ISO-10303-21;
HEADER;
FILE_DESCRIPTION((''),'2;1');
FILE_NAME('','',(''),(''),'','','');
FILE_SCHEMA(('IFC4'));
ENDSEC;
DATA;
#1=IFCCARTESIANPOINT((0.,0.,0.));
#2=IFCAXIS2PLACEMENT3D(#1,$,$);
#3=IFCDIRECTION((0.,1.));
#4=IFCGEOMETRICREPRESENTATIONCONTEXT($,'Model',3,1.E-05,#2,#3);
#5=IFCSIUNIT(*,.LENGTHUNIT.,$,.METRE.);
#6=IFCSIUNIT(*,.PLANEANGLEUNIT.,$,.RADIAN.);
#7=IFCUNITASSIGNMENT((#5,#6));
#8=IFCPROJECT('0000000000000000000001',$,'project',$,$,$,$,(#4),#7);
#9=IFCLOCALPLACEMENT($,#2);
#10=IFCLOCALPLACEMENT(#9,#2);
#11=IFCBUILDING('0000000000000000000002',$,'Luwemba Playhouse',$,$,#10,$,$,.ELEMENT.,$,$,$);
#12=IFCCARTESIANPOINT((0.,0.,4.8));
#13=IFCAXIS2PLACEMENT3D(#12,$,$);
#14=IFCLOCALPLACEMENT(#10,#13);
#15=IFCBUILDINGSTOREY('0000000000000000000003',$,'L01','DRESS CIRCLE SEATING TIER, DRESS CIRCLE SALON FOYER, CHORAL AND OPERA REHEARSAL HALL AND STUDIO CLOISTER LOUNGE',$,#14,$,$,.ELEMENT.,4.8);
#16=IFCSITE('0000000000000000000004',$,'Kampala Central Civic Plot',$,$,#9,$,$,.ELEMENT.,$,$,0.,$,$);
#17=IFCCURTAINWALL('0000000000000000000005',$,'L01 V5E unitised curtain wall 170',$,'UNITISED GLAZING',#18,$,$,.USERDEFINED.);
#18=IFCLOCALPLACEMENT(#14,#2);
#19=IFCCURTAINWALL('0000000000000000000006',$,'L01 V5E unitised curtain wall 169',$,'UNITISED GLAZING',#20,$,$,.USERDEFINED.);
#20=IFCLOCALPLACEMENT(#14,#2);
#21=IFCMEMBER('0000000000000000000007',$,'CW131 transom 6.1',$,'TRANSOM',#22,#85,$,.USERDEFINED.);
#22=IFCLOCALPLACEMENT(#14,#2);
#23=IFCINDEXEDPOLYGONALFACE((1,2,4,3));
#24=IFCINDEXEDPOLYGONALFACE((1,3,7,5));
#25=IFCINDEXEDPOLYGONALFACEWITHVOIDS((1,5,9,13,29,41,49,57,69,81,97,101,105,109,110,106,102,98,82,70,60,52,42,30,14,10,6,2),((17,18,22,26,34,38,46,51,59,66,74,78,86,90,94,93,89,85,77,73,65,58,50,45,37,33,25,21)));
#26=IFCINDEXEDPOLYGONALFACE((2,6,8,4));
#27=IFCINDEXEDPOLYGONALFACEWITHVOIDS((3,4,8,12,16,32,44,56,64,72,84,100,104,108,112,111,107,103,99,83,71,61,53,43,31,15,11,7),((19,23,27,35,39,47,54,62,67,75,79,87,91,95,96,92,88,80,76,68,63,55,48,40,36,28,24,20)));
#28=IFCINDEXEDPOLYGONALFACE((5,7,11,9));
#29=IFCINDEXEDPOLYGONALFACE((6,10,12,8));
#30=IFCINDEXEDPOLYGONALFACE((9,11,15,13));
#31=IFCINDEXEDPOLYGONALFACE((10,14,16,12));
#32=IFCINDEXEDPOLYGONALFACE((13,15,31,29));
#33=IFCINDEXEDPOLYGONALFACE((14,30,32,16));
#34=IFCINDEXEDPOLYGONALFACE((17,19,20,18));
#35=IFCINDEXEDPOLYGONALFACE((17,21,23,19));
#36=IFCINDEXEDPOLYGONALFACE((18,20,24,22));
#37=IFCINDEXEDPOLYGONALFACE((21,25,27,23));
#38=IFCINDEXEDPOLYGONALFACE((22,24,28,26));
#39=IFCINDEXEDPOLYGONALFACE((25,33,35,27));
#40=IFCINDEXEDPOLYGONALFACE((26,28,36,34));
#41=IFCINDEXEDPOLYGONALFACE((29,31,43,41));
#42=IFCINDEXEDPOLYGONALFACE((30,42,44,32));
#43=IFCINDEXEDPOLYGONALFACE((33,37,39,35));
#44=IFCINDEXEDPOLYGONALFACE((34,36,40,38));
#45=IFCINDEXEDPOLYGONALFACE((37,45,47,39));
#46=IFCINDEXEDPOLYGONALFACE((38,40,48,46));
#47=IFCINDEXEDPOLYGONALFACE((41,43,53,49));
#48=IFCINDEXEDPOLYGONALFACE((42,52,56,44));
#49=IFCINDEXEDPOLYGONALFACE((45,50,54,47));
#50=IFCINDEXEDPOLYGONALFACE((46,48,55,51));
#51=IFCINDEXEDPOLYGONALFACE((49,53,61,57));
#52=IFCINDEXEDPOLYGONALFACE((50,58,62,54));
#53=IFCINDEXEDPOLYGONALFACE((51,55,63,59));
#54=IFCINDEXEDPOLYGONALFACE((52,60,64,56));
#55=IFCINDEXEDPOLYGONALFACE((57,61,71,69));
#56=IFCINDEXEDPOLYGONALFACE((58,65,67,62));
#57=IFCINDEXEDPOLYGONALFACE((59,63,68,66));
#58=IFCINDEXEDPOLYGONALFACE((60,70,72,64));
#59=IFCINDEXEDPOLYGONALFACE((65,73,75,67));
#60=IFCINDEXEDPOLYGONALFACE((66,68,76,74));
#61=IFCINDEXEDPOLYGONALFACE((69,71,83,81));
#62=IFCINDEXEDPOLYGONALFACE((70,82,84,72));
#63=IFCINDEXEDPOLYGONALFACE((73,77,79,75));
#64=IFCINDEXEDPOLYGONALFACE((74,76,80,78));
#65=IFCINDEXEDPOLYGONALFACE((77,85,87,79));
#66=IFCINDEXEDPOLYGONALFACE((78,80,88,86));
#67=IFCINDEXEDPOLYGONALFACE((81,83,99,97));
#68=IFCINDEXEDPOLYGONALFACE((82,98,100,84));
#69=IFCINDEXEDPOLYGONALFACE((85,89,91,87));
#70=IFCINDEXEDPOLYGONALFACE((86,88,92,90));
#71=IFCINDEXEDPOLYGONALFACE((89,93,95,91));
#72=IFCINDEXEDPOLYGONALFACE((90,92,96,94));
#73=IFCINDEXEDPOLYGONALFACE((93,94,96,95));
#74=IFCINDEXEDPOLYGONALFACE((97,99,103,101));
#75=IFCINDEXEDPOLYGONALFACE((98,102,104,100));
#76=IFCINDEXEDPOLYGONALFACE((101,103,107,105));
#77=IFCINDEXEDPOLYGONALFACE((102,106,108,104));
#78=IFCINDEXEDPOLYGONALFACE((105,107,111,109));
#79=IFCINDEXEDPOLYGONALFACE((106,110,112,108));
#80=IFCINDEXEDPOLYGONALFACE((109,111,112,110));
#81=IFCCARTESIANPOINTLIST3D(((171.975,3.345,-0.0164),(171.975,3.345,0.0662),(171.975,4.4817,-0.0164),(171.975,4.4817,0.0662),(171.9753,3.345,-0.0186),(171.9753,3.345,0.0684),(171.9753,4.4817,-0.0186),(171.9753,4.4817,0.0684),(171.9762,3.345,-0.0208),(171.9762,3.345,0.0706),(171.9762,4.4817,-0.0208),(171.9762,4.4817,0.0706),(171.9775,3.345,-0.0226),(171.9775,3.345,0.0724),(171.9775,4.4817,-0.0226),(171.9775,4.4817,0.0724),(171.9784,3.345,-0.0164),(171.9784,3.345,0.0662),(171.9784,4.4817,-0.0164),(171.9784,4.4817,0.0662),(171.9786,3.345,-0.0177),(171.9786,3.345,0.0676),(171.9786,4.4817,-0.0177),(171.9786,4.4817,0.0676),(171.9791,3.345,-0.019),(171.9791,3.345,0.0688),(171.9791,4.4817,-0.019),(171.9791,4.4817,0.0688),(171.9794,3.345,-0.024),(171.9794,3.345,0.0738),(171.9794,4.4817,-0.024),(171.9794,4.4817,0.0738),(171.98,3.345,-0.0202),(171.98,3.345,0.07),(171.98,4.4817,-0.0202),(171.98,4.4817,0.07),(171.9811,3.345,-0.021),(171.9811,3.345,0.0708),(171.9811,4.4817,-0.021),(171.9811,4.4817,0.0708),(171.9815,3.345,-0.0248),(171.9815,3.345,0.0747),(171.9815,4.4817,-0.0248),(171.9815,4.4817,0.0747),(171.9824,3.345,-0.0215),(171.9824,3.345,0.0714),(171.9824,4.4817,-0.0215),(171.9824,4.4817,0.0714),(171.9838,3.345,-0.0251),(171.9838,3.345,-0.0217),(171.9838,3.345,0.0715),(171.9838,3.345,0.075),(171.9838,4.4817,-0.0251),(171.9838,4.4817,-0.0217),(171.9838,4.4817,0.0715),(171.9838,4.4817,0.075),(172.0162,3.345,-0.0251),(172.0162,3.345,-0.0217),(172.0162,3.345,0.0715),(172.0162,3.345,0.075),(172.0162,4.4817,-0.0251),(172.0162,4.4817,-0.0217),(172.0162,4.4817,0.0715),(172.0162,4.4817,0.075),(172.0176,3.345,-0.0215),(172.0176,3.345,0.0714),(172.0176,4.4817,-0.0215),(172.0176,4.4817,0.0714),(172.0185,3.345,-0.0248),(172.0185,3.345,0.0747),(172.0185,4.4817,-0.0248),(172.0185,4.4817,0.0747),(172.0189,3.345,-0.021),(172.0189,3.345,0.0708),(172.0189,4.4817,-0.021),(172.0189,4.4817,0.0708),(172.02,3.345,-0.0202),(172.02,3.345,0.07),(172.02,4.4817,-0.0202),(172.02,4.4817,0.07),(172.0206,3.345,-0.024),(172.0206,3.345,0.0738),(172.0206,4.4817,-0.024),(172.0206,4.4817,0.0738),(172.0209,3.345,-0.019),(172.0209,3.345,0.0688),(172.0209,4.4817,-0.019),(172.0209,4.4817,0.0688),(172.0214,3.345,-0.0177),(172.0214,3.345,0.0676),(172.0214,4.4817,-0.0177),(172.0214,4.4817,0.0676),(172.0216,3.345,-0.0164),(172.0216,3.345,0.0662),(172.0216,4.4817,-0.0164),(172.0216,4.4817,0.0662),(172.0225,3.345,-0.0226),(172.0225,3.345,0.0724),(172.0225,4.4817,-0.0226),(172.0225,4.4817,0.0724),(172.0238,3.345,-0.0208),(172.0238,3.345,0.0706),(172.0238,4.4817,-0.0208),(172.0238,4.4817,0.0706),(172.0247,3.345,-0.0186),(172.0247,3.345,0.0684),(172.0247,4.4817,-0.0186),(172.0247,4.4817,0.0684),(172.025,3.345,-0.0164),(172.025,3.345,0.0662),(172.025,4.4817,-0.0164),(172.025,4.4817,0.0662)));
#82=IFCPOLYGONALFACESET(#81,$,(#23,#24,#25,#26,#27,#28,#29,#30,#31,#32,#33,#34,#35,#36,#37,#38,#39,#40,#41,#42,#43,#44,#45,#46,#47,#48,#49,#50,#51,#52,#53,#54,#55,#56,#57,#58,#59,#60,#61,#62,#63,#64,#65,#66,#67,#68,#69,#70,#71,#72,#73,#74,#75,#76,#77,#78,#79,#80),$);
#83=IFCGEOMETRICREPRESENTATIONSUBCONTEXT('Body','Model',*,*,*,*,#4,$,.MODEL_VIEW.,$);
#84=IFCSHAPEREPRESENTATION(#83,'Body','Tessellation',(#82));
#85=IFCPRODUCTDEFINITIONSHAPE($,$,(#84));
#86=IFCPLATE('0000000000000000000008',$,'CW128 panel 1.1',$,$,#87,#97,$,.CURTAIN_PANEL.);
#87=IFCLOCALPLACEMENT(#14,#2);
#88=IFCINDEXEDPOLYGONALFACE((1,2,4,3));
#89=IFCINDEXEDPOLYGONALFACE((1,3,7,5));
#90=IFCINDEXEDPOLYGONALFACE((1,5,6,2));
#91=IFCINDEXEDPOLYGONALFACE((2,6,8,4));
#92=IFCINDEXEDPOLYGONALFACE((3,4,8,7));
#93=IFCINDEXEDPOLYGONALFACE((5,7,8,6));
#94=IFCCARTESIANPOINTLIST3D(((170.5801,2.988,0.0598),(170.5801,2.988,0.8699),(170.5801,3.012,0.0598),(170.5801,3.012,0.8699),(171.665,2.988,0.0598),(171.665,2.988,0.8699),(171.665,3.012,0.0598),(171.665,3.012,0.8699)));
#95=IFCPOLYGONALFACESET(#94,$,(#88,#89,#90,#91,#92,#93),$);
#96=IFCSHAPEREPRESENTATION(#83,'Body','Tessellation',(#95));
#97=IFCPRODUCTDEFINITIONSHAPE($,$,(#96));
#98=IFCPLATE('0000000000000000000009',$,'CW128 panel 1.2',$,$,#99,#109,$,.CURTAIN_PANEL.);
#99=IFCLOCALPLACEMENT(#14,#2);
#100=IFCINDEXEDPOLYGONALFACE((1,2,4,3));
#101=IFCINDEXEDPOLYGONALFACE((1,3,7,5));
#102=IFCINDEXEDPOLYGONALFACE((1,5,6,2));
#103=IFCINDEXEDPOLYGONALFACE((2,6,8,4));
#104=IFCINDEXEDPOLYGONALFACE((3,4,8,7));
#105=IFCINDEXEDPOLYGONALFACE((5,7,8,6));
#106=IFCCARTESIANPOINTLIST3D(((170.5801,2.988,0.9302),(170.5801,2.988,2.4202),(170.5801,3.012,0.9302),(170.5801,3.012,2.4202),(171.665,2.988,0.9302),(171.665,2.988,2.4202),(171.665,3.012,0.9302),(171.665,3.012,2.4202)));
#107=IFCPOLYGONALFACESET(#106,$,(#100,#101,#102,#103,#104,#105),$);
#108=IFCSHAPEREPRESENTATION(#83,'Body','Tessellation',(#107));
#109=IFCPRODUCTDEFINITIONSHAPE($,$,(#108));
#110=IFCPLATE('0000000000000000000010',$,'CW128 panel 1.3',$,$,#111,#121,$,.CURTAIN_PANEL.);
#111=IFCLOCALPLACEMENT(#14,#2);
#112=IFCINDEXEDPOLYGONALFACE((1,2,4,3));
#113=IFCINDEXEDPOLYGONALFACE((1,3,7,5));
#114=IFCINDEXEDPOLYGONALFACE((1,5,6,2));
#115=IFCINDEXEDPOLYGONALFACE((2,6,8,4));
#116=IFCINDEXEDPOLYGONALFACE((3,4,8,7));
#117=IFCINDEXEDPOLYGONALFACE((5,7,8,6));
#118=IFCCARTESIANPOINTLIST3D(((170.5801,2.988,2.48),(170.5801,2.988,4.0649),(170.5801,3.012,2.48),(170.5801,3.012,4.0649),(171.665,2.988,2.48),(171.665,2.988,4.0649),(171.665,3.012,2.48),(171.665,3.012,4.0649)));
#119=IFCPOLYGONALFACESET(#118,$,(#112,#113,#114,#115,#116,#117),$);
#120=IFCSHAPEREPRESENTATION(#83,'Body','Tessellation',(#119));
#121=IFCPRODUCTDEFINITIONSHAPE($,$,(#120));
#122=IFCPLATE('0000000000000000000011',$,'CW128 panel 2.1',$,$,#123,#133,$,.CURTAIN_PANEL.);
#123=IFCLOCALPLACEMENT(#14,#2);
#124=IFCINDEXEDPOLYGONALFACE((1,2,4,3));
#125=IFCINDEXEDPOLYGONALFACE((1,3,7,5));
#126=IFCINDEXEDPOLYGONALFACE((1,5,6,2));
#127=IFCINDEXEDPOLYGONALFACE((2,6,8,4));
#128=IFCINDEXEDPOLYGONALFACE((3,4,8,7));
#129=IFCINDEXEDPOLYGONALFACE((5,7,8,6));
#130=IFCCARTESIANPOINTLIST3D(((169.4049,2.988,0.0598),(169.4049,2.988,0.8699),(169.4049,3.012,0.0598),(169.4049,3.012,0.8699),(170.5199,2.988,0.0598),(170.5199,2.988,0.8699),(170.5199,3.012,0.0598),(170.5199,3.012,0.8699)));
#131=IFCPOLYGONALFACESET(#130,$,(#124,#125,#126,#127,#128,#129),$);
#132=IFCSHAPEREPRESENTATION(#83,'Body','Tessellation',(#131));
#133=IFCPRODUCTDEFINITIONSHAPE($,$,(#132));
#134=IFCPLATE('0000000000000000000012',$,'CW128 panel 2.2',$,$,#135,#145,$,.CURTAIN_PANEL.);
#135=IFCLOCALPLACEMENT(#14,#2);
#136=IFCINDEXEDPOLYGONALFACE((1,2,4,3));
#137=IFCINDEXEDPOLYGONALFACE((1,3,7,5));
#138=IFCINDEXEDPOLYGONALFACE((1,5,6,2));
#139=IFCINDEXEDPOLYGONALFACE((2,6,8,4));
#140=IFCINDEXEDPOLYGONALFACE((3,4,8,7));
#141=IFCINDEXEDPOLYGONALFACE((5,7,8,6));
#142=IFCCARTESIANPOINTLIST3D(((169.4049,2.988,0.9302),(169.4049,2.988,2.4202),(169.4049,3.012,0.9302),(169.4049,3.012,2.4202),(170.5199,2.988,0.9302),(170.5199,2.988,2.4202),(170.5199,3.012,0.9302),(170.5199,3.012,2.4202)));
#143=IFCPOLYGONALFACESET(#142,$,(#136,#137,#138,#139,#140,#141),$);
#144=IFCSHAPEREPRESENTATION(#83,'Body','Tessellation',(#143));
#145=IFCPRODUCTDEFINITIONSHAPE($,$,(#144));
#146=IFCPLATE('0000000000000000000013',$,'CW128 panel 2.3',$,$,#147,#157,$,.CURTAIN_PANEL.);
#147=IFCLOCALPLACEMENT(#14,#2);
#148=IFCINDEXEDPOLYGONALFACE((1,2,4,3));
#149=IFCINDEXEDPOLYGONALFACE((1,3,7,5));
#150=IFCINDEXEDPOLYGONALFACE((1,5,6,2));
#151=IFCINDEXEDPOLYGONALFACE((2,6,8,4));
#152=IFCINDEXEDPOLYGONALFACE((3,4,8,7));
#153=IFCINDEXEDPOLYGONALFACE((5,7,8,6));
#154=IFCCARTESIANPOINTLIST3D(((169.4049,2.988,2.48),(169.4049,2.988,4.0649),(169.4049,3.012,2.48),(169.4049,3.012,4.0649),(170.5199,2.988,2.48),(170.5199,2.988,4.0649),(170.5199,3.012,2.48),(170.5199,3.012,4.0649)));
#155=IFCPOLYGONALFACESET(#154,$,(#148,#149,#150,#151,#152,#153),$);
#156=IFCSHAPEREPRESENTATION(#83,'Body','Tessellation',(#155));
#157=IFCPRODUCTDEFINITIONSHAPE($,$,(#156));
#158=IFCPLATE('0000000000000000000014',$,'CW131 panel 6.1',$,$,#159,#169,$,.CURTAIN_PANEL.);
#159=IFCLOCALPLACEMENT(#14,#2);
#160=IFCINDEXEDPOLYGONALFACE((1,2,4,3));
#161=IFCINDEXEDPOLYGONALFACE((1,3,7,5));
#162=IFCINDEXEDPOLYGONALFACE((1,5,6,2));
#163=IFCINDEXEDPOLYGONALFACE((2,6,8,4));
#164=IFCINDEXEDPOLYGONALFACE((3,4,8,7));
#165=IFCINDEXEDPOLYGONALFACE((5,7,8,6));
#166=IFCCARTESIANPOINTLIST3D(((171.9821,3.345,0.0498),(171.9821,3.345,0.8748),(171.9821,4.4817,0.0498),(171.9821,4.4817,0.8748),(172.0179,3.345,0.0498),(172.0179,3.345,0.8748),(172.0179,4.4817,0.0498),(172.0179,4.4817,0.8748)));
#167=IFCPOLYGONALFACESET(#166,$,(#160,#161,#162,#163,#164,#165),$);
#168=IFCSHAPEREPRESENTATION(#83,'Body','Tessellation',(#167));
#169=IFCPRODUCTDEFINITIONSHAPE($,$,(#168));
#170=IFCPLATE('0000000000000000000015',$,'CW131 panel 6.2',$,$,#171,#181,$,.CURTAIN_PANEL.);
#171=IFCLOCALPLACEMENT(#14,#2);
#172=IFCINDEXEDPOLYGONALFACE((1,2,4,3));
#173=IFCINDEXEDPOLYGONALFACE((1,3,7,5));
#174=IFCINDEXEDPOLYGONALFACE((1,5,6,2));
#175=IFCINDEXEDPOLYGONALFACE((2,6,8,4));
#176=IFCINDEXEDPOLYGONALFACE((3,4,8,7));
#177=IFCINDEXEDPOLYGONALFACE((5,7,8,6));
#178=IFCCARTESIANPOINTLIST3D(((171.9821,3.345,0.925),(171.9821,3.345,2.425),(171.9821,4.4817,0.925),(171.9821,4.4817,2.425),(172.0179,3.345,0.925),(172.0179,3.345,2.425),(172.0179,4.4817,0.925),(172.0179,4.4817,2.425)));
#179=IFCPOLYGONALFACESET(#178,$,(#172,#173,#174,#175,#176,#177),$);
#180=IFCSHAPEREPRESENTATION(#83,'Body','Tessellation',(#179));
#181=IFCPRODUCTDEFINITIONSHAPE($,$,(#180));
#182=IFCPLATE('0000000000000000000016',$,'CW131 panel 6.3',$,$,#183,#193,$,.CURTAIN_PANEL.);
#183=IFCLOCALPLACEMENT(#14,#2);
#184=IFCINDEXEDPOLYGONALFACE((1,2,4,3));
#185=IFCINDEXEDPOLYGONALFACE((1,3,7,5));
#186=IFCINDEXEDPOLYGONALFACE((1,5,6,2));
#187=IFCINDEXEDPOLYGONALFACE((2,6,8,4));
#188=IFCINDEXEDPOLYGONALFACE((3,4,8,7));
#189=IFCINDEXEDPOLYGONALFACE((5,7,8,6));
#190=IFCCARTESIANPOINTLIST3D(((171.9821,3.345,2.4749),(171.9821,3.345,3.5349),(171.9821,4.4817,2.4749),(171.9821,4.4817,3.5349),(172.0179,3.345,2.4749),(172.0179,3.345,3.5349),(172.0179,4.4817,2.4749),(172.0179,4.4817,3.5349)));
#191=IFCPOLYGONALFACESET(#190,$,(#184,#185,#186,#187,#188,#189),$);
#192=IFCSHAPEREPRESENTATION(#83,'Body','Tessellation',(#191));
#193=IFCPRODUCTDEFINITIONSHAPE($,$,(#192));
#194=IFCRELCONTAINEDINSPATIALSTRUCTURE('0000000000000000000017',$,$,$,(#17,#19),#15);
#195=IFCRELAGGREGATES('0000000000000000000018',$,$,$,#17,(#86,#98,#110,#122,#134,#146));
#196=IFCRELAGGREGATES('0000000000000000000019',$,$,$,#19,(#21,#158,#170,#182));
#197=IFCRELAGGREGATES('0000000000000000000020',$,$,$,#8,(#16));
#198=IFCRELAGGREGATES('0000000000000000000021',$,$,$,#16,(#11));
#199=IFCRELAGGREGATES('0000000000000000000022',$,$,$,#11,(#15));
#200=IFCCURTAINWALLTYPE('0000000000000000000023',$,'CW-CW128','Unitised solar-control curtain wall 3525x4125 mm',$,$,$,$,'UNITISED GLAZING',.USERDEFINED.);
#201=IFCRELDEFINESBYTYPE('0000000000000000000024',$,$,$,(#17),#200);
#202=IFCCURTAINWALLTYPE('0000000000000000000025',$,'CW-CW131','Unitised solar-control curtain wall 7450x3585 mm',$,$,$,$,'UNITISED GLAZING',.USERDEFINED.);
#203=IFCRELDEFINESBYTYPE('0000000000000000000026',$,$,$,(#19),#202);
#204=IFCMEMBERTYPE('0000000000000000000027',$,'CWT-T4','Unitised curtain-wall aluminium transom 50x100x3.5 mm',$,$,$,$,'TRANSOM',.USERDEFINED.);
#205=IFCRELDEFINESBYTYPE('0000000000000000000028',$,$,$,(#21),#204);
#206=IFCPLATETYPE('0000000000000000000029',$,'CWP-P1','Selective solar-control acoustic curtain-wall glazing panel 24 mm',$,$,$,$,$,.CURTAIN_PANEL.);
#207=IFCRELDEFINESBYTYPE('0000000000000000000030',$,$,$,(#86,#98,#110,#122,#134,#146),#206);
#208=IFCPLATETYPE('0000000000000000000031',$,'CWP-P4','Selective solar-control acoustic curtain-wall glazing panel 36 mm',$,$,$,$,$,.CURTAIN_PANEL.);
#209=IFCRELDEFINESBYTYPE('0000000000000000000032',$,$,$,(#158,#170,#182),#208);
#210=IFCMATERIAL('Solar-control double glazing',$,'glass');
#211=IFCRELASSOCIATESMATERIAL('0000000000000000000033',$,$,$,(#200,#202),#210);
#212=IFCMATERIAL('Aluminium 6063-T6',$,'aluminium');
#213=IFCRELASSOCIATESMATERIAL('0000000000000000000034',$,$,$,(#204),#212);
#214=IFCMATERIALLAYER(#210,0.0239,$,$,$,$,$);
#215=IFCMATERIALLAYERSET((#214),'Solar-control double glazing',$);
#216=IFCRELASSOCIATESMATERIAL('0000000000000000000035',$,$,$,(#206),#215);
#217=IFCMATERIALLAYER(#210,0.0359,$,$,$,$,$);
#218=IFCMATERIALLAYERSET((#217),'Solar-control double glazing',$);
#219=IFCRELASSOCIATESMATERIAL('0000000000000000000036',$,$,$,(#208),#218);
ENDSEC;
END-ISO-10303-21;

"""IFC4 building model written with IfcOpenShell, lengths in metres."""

from ifc_helpers import new_model, si_unit, direction, frame, origin, origin_2d, place, context, subcontext, project, spatial, rectangle, hollow_rectangle, extrude, material, layer, layer_set, material_profile, profile_set, type_object, element, aggregate, save


model = new_model("IFC4")

# Units and contexts
model_context = context("Model", 3, precision=1e-05, world=origin(), true_north=direction((0.0, 1.0)))
body_context = subcontext(model_context, "Body", "Model", "MODEL_VIEW")
ifc_project = project(units=[si_unit("LENGTHUNIT", "METRE"), si_unit("PLANEANGLEUNIT", "RADIAN")], contexts=[model_context])

# Site, building, storey
site_placement = place(None, origin())
site = spatial("IfcSite", under=ifc_project, at=site_placement, Name="Kampala Central Civic Plot", CompositionType="ELEMENT", RefElevation=0.0)
building_placement = place(site_placement, origin())
building = spatial("IfcBuilding", under=site, at=building_placement, Name="Luwemba Playhouse", CompositionType="ELEMENT")
storey_placement = place(building_placement, frame((0.0, 0.0, 4.8)))
storey = spatial("IfcBuildingStorey", under=building, at=storey_placement, Name="L01", Description="DRESS CIRCLE SEATING TIER, DRESS CIRCLE SALON FOYER, CHORAL AND OPERA REHEARSAL HALL AND STUDIO CLOISTER LOUNGE", CompositionType="ELEMENT", Elevation=4.8)

# Curtain wall
ifc_material_1 = material(Name="Solar-control double glazing", Category="glass")
curtain_wall_type_1 = type_object("IfcCurtainWallType", Name="CW-CW128", Description="Unitised solar-control curtain wall 3525x4125 mm", ElementType="UNITISED GLAZING", PredefinedType="USERDEFINED", material=ifc_material_1)
curtain_wall_1_placement = place(storey_placement, origin())
curtain_wall_1 = element("IfcCurtainWall", 1, at=curtain_wall_1_placement, inside=storey, type_object=curtain_wall_type_1, Name="L01 V5E unitised curtain wall 170", ObjectType="UNITISED GLAZING", PredefinedType="USERDEFINED")
ifc_material_2 = material(Name="Aluminium 6063-T6", Category="aluminium")

# Curtain wall
curtain_wall_type_2 = type_object("IfcCurtainWallType", Name="CW-CW131", Description="Unitised solar-control curtain wall 7450x3585 mm", ElementType="UNITISED GLAZING", PredefinedType="USERDEFINED", material=ifc_material_1)
curtain_wall_2_placement = place(storey_placement, origin())
curtain_wall_2 = element("IfcCurtainWall", 2, at=curtain_wall_2_placement, inside=storey, type_object=curtain_wall_type_2, Name="L01 V5E unitised curtain wall 169", ObjectType="UNITISED GLAZING", PredefinedType="USERDEFINED")

# Member
ifc_material_profile_1 = material_profile(ifc_material_2, hollow_rectangle(XDim=0.05, YDim=0.1001, WallThickness=0.0034, InnerFilletRadius=0.0054, OuterFilletRadius=0.0088, at=origin_2d()))
ifc_profile_set_1 = profile_set([ifc_material_profile_1], Name="Aluminium 6063-T6")
member_type_1 = type_object("IfcMemberType", Name="CWT-T4", Description="Unitised curtain-wall aluminium transom 50x100x3.5 mm", ElementType="TRANSOM", PredefinedType="USERDEFINED", material=ifc_profile_set_1)
member_1_placement = place(storey_placement, frame((172.0, 4.4817, 0.0249), z_axis=(0.0, -1.0, 0.0), x_axis=(1.0, 0.0, 0.0)))
member_1 = element("IfcMember", 3, at=member_1_placement, type_object=member_type_1, Name="CW131 transom 6.1", ObjectType="TRANSOM", PredefinedType="USERDEFINED", context=body_context, shape_type="SweptSolid", body=[
    extrude(hollow_rectangle(XDim=0.05, YDim=0.1001, WallThickness=0.0034, InnerFilletRadius=0.0054, OuterFilletRadius=0.0088, at=origin_2d()), origin(), (0.0, 0.0, 1.0), 1.1367),
])

# Plates
ifc_layer_1 = layer(ifc_material_1, 0.0239)
ifc_layer_set_1 = layer_set([ifc_layer_1], Name="Solar-control double glazing")
plate_type_1 = type_object("IfcPlateType", Name="CWP-P1", Description="Selective solar-control acoustic curtain-wall glazing panel 24 mm", PredefinedType="CURTAIN_PANEL", material=ifc_layer_set_1)
plate_1_placement = place(storey_placement, frame((171.1226, 3.0, 0.0598), z_axis=(0.0, 0.0, 1.0), x_axis=(-1.0, 0.0, 0.0)))
plate_1 = element("IfcPlate", 4, at=plate_1_placement, type_object=plate_type_1, Name="CW128 panel 1.1", PredefinedType="CURTAIN_PANEL", context=body_context, shape_type="SweptSolid", body=[
    extrude(rectangle(XDim=1.085, YDim=0.0239, at=origin_2d()), origin(), (0.0, 0.0, 1.0), 0.8101),
])
plate_2_placement = place(storey_placement, frame((171.1226, 3.0, 0.9302), z_axis=(0.0, 0.0, 1.0), x_axis=(-1.0, 0.0, 0.0)))
plate_2 = element("IfcPlate", 5, at=plate_2_placement, type_object=plate_type_1, Name="CW128 panel 1.2", PredefinedType="CURTAIN_PANEL", context=body_context, shape_type="SweptSolid", body=[
    extrude(rectangle(XDim=1.085, YDim=0.0239, at=origin_2d()), origin(), (0.0, 0.0, 1.0), 1.49),
])
plate_3_placement = place(storey_placement, frame((171.1226, 3.0, 2.48), z_axis=(0.0, 0.0, 1.0), x_axis=(-1.0, 0.0, 0.0)))
plate_3 = element("IfcPlate", 6, at=plate_3_placement, type_object=plate_type_1, Name="CW128 panel 1.3", PredefinedType="CURTAIN_PANEL", context=body_context, shape_type="SweptSolid", body=[
    extrude(rectangle(XDim=1.085, YDim=0.0239, at=origin_2d()), origin(), (0.0, 0.0, 1.0), 1.585),
])
plate_4_placement = place(storey_placement, frame((169.9624, 3.0, 0.0598), z_axis=(0.0, 0.0, 1.0), x_axis=(-1.0, 0.0, 0.0)))
plate_4 = element("IfcPlate", 7, at=plate_4_placement, type_object=plate_type_1, Name="CW128 panel 2.1", PredefinedType="CURTAIN_PANEL", context=body_context, shape_type="SweptSolid", body=[
    extrude(rectangle(XDim=1.115, YDim=0.0239, at=origin_2d()), origin(), (0.0, 0.0, 1.0), 0.8101),
])
plate_5_placement = place(storey_placement, frame((169.9624, 3.0, 0.9302), z_axis=(0.0, 0.0, 1.0), x_axis=(-1.0, 0.0, 0.0)))
plate_5 = element("IfcPlate", 8, at=plate_5_placement, type_object=plate_type_1, Name="CW128 panel 2.2", PredefinedType="CURTAIN_PANEL", context=body_context, shape_type="SweptSolid", body=[
    extrude(rectangle(XDim=1.115, YDim=0.0239, at=origin_2d()), origin(), (0.0, 0.0, 1.0), 1.49),
])
plate_6_placement = place(storey_placement, frame((169.9624, 3.0, 2.48), z_axis=(0.0, 0.0, 1.0), x_axis=(-1.0, 0.0, 0.0)))
plate_6 = element("IfcPlate", 9, at=plate_6_placement, type_object=plate_type_1, Name="CW128 panel 2.3", PredefinedType="CURTAIN_PANEL", context=body_context, shape_type="SweptSolid", body=[
    extrude(rectangle(XDim=1.115, YDim=0.0239, at=origin_2d()), origin(), (0.0, 0.0, 1.0), 1.585),
])
aggregate(curtain_wall_1, [plate_1, plate_2, plate_3, plate_4, plate_5, plate_6])
ifc_layer_2 = layer(ifc_material_1, 0.0359)
ifc_layer_set_2 = layer_set([ifc_layer_2], Name="Solar-control double glazing")
plate_type_2 = type_object("IfcPlateType", Name="CWP-P4", Description="Selective solar-control acoustic curtain-wall glazing panel 36 mm", PredefinedType="CURTAIN_PANEL", material=ifc_layer_set_2)
plate_7_placement = place(storey_placement, frame((172.0, 3.9133, 0.0498), z_axis=(0.0, 0.0, 1.0), x_axis=(0.0, -1.0, 0.0)))
plate_7 = element("IfcPlate", 10, at=plate_7_placement, type_object=plate_type_2, Name="CW131 panel 6.1", PredefinedType="CURTAIN_PANEL", context=body_context, shape_type="SweptSolid", body=[
    extrude(rectangle(XDim=1.1367, YDim=0.0359, at=origin_2d()), origin(), (0.0, 0.0, 1.0), 0.825),
])
plate_8_placement = place(storey_placement, frame((172.0, 3.9133, 0.925), z_axis=(0.0, 0.0, 1.0), x_axis=(0.0, -1.0, 0.0)))
plate_8 = element("IfcPlate", 11, at=plate_8_placement, type_object=plate_type_2, Name="CW131 panel 6.2", PredefinedType="CURTAIN_PANEL", context=body_context, shape_type="SweptSolid", body=[
    extrude(rectangle(XDim=1.1367, YDim=0.0359, at=origin_2d()), origin(), (0.0, 0.0, 1.0), 1.5),
])
plate_9_placement = place(storey_placement, frame((172.0, 3.9133, 2.4749), z_axis=(0.0, 0.0, 1.0), x_axis=(0.0, -1.0, 0.0)))
plate_9 = element("IfcPlate", 12, at=plate_9_placement, type_object=plate_type_2, Name="CW131 panel 6.3", PredefinedType="CURTAIN_PANEL", context=body_context, shape_type="SweptSolid", body=[
    extrude(rectangle(XDim=1.1367, YDim=0.0359, at=origin_2d()), origin(), (0.0, 0.0, 1.0), 1.0601),
])
aggregate(curtain_wall_2, [member_1, plate_7, plate_8, plate_9])

save(model, "model.ifc")
